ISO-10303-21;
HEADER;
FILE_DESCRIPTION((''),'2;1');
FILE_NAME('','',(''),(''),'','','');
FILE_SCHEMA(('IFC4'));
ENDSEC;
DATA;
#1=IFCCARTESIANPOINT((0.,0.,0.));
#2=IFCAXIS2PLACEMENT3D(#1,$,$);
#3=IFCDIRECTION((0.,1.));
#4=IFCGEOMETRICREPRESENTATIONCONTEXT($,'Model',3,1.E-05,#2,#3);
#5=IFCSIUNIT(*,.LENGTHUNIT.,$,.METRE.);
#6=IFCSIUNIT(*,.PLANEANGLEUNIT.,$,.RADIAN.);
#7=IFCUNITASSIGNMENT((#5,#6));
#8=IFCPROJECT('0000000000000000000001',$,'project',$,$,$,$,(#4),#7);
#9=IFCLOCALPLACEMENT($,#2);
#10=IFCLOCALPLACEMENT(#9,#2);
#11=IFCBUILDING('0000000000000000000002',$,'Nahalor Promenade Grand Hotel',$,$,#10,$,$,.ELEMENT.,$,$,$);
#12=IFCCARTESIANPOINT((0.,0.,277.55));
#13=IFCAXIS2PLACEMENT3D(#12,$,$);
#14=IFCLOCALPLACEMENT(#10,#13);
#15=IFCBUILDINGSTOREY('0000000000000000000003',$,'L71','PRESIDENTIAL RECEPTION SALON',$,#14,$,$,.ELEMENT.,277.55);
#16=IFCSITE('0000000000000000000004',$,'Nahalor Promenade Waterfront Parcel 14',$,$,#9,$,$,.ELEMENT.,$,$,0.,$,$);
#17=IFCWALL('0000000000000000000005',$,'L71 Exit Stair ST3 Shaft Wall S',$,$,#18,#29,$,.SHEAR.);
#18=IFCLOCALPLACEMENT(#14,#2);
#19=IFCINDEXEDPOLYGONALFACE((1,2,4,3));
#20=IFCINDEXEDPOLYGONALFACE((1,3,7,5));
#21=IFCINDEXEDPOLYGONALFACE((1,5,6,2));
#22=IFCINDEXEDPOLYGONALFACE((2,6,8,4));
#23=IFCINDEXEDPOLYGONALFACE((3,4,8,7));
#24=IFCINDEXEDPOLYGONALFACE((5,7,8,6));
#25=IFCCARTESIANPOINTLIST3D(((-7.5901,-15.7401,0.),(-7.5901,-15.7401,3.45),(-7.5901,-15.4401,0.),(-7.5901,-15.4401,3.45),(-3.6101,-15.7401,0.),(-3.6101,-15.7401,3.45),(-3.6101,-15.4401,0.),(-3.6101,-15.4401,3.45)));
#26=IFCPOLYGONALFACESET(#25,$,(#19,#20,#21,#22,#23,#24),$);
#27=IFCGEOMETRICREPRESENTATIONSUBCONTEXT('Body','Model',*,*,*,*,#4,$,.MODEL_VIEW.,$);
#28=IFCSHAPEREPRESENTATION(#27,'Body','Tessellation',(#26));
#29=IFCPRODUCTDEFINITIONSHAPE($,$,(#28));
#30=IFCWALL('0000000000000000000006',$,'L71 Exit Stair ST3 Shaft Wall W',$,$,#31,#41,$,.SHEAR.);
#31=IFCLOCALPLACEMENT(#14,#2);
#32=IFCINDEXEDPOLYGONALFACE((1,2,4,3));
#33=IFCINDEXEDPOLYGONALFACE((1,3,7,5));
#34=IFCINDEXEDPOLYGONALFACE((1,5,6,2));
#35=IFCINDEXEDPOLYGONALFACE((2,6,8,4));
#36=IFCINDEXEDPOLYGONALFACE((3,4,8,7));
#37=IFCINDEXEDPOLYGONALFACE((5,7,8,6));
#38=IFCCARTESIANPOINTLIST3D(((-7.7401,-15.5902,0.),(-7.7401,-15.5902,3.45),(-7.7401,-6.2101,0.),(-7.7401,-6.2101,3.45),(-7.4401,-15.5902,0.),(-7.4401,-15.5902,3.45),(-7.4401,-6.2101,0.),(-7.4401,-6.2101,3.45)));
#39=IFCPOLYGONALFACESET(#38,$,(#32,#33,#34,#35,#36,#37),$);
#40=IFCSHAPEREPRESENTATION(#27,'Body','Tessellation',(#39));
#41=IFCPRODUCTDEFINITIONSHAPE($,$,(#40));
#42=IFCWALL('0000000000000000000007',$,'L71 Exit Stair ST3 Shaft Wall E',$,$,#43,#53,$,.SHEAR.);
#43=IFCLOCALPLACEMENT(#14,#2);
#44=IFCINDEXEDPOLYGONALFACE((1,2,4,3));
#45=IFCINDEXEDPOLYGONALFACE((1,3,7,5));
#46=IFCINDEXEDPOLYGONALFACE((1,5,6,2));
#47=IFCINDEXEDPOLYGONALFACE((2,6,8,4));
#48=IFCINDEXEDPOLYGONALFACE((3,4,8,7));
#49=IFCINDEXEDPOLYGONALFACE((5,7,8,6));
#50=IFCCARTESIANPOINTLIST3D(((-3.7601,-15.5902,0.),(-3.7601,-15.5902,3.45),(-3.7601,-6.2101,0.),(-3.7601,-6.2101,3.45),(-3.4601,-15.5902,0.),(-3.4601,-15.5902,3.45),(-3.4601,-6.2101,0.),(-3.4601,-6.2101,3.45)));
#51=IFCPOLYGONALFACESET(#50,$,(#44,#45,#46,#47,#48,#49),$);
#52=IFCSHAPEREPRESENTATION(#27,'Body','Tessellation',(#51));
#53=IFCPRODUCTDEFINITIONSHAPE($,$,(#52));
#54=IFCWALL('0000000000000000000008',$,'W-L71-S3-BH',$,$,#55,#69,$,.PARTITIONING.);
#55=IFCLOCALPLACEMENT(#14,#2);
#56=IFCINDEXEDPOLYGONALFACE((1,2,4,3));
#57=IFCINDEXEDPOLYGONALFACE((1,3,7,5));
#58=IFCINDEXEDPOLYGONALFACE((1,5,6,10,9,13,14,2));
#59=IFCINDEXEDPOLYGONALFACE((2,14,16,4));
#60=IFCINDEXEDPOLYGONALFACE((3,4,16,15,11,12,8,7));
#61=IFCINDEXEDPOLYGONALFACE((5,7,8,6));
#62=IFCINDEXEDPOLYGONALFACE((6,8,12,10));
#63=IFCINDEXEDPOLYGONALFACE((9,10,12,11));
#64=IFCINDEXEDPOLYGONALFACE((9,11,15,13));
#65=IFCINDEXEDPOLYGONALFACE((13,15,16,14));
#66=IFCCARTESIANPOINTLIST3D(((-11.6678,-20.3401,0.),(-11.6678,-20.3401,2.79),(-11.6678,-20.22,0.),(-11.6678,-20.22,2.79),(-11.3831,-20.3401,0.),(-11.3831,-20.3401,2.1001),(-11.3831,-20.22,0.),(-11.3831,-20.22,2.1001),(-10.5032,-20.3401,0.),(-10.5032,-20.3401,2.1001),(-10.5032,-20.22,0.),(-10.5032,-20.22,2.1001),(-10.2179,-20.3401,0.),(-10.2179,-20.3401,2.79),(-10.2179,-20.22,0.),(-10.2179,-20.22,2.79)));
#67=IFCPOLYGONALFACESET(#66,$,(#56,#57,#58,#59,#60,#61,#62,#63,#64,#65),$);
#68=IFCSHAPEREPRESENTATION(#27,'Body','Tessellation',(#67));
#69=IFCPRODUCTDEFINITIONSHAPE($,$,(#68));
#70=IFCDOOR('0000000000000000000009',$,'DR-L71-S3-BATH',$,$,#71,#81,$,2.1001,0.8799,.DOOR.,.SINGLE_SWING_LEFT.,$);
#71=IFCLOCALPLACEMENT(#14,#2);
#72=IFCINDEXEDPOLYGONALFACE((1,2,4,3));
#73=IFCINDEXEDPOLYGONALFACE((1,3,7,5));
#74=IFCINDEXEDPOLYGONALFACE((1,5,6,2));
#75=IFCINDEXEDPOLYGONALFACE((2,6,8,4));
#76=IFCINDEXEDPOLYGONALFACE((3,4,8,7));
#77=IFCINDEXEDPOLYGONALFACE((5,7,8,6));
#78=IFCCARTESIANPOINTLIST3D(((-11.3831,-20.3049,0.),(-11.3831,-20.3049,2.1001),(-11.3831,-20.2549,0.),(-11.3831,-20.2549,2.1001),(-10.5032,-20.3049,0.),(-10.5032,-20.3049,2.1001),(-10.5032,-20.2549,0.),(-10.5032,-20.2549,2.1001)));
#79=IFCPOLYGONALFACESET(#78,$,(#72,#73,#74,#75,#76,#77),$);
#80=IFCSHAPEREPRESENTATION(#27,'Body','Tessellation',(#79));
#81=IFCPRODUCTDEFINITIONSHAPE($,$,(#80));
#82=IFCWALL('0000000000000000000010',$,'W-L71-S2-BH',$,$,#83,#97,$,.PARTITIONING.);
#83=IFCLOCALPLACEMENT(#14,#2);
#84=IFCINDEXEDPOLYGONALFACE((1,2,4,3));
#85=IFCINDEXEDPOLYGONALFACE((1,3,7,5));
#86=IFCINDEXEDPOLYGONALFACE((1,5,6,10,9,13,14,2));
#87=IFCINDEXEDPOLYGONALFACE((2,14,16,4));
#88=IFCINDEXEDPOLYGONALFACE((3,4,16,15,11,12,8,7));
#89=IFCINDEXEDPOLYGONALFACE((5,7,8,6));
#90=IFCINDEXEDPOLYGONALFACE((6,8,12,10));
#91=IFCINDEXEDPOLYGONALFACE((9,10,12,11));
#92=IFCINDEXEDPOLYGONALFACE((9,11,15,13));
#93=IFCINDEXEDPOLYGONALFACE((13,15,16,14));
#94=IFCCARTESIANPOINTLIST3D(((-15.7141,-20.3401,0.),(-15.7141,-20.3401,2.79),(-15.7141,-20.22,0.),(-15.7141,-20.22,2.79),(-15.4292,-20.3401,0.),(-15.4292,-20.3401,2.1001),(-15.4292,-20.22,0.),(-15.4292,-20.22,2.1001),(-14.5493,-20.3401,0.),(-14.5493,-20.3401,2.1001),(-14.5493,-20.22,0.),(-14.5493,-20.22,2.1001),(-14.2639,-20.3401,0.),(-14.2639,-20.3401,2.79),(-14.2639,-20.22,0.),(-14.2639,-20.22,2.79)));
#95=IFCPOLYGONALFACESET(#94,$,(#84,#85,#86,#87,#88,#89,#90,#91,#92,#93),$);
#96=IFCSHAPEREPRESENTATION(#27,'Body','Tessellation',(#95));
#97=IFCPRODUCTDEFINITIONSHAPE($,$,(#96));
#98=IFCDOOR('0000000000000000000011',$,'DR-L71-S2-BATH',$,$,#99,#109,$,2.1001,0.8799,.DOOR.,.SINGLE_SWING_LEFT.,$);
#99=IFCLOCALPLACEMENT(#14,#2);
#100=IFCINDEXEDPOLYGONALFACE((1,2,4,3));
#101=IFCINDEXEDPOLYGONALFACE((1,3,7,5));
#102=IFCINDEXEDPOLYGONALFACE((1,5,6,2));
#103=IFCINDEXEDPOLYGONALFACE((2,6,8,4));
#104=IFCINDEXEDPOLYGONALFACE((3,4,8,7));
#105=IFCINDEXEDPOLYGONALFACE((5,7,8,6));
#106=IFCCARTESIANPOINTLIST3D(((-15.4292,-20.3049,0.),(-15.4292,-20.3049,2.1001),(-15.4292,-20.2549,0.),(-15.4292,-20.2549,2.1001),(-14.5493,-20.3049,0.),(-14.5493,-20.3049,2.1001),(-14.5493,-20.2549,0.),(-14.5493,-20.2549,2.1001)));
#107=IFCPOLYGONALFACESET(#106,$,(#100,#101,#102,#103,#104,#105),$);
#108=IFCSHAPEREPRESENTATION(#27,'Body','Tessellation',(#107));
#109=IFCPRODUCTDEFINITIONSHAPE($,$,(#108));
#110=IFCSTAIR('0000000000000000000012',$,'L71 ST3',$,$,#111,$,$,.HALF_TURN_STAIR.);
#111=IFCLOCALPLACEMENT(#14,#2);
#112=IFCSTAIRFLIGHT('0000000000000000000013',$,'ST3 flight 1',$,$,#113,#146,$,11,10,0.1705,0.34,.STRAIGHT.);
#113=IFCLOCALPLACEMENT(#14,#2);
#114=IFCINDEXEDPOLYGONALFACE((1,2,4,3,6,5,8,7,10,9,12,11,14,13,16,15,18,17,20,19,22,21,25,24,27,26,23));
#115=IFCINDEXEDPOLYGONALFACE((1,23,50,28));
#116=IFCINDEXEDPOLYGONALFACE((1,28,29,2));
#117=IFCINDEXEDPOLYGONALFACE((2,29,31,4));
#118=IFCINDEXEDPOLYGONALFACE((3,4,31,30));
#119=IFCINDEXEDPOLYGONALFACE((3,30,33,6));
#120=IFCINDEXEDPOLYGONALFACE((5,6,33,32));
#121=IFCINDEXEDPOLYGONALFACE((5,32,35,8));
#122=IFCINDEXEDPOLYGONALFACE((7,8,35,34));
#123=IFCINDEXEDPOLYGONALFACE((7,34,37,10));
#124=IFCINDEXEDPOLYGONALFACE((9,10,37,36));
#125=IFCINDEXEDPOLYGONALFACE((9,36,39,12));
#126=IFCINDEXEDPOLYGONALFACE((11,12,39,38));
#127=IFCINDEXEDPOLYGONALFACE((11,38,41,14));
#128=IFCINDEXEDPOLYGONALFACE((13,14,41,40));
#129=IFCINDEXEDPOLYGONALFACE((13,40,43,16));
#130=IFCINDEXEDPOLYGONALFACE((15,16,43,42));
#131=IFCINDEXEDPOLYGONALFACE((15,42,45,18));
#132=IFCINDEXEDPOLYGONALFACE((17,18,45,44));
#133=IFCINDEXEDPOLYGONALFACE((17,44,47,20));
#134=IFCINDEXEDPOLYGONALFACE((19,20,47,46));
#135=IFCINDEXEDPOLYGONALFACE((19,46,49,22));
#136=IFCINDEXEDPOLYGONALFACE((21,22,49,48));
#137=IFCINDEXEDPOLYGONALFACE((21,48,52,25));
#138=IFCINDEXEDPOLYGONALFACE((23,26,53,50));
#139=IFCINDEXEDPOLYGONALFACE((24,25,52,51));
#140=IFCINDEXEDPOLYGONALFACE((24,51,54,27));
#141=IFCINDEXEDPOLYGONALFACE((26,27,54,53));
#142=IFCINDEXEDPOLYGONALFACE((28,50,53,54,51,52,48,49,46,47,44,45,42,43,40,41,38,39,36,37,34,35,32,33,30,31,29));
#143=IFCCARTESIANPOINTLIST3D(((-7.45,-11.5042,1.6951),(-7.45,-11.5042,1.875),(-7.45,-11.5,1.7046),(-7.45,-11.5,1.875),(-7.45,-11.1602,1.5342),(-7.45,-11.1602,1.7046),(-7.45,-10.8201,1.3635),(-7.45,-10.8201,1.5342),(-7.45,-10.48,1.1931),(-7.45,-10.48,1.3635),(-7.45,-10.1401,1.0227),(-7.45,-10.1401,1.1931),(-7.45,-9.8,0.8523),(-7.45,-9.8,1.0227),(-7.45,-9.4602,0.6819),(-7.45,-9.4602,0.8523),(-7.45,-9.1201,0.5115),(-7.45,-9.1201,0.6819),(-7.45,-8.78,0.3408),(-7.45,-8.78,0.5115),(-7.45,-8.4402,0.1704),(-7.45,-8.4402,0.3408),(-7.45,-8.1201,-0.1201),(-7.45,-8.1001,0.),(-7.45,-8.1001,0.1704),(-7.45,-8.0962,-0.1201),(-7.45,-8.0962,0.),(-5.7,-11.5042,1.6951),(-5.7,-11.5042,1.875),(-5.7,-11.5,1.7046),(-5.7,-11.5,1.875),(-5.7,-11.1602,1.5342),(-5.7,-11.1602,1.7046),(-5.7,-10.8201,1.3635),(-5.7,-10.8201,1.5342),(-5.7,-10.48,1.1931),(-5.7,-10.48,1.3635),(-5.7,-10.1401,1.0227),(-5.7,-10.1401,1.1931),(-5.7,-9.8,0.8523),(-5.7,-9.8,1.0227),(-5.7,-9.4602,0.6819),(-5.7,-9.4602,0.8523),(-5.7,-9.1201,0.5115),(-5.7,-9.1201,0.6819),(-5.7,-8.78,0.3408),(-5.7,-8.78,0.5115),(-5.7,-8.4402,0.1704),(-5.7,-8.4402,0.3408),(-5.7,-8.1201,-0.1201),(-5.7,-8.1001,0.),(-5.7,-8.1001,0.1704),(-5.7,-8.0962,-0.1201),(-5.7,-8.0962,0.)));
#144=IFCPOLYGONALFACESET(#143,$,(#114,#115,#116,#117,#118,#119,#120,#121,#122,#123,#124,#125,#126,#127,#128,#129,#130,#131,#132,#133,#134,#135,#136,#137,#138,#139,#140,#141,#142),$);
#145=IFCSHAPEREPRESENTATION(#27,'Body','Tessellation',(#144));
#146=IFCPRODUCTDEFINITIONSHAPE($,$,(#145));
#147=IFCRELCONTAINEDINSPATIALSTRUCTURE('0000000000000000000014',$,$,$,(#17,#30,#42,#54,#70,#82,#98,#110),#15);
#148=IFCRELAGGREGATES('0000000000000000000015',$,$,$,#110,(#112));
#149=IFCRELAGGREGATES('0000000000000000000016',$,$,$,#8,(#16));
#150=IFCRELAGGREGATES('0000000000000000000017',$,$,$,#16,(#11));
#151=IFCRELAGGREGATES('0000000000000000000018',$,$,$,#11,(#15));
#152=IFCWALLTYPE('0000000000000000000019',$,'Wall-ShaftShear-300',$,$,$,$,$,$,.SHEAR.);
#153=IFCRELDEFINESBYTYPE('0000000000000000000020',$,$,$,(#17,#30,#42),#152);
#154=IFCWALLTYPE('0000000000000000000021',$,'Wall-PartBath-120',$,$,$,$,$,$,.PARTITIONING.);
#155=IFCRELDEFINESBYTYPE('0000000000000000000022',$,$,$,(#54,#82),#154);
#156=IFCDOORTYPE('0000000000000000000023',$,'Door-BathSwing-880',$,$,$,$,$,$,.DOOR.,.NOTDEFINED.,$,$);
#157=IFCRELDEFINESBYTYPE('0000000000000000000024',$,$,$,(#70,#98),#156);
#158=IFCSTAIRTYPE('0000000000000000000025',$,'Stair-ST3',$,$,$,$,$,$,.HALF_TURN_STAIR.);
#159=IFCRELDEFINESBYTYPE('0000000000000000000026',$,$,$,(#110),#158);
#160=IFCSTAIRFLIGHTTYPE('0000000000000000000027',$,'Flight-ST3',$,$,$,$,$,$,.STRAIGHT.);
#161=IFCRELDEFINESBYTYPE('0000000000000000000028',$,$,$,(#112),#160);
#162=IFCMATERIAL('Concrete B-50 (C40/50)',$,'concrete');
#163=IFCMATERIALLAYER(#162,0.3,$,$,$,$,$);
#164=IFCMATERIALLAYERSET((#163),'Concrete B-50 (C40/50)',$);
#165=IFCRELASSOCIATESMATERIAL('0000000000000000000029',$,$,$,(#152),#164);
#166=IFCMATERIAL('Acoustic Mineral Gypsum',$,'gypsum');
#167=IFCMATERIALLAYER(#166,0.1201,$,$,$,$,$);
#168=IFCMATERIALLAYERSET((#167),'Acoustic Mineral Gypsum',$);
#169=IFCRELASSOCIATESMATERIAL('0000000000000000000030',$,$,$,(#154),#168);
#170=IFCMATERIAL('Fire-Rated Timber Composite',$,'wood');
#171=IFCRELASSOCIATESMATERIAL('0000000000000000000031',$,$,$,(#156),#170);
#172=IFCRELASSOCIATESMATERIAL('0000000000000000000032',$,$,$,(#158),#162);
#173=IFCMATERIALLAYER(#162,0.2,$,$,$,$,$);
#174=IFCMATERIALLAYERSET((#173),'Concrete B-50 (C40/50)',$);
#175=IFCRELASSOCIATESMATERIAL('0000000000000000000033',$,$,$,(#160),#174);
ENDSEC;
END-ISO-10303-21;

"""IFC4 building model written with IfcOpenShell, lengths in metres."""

from ifc_helpers import new_model, si_unit, direction, frame, frame_2d, origin, place, context, subcontext, project, spatial, polyline, rectangle, outline, extrude, source, transform, mapped, material, layer, layer_set, type_object, element, fill, aggregate, save


model = new_model("IFC4")

# Units and contexts
model_context = context("Model", 3, precision=1e-05, world=origin(), true_north=direction((0.0, 1.0)))
body_context = subcontext(model_context, "Body", "Model", "MODEL_VIEW")
ifc_project = project(units=[si_unit("LENGTHUNIT", "METRE"), si_unit("PLANEANGLEUNIT", "RADIAN")], contexts=[model_context])

# Site, building, storey
site_placement = place(None, origin())
site = spatial("IfcSite", under=ifc_project, at=site_placement, Name="Nahalor Promenade Waterfront Parcel 14", CompositionType="ELEMENT", RefElevation=0.0)
building_placement = place(site_placement, origin())
building = spatial("IfcBuilding", under=site, at=building_placement, Name="Nahalor Promenade Grand Hotel", CompositionType="ELEMENT")
storey_placement = place(building_placement, frame((0.0, 0.0, 277.55)))
storey = spatial("IfcBuildingStorey", under=building, at=storey_placement, Name="L71", Description="PRESIDENTIAL RECEPTION SALON", CompositionType="ELEMENT", Elevation=277.55)

# Shared definitions
ifc_material_1 = material(Name="Concrete B-50 (C40/50)", Category="concrete")

# Wall
ifc_layer_1 = layer(ifc_material_1, 0.3)
ifc_layer_set_1 = layer_set([ifc_layer_1], Name="Concrete B-50 (C40/50)")
wall_type_1 = type_object("IfcWallType", Name="Wall-ShaftShear-300", PredefinedType="SHEAR", material=ifc_layer_set_1)
shared_shape_1 = source(origin(), body_context, "Body", "SweptSolid", [
    extrude(rectangle(XDim=3.98, YDim=0.3, at=frame_2d((1.99, 0.0))), origin(), (0.0, 0.0, 1.0), 3.45),
])
wall_1_placement = place(storey_placement, frame((-7.5901, -15.5901, 0.0), z_axis=(0.0, 0.0, 1.0), x_axis=(1.0, 0.0, 0.0)))
element("IfcWall", 1, at=wall_1_placement, inside=storey, type_object=wall_type_1, Name="L71 Exit Stair ST3 Shaft Wall S", PredefinedType="SHEAR", context=body_context, shape_type="MappedRepresentation", body=[
    mapped(shared_shape_1, transform((0.0, 0.0, 0.0), scale=1.0)),
])

# Walls
shared_shape_2 = source(origin(), body_context, "Body", "SweptSolid", [
    extrude(rectangle(XDim=9.3801, YDim=0.3, at=frame_2d((4.6899, 0.0))), origin(), (0.0, 0.0, 1.0), 3.45),
])
for number, where, z_axis, x_axis, name in (
    (2, (-7.5901, -15.5901, 0.0), (0.0, 0.0, 1.0), (0.0, 1.0, 0.0), "L71 Exit Stair ST3 Shaft Wall W"),
    (3, (-3.6101, -15.5901, 0.0), (0.0, 0.0, 1.0), (0.0, 1.0, 0.0), "L71 Exit Stair ST3 Shaft Wall E"),
):
    element("IfcWall", number, at=place(storey_placement, frame(where, z_axis=z_axis, x_axis=x_axis)), inside=storey, type_object=wall_type_1, Name=name, PredefinedType="SHEAR", context=body_context, shape_type="MappedRepresentation", body=[
        mapped(shared_shape_2, transform((0.0, 0.0, 0.0), scale=1.0)),
    ])

# Walls, openings, doors
ifc_material_2 = material(Name="Acoustic Mineral Gypsum", Category="gypsum")
ifc_layer_2 = layer(ifc_material_2, 0.1201)
ifc_layer_set_2 = layer_set([ifc_layer_2], Name="Acoustic Mineral Gypsum")
wall_type_2 = type_object("IfcWallType", Name="Wall-PartBath-120", PredefinedType="PARTITIONING", material=ifc_layer_set_2)
shared_shape_3 = source(origin(), body_context, "Body", "SweptSolid", [
    extrude(rectangle(XDim=1.45, YDim=0.1201, at=frame_2d((0.7251, 0.0))), origin(), (0.0, 0.0, 1.0), 2.79),
])
wall_2_placement = place(storey_placement, frame((-11.668, -20.28, 0.0), z_axis=(0.0, 0.0, 1.0), x_axis=(1.0, 0.0, 0.0)))
wall_2 = element("IfcWall", 4, at=wall_2_placement, inside=storey, type_object=wall_type_2, Name="W-L71-S3-BH", PredefinedType="PARTITIONING", context=body_context, shape_type="MappedRepresentation", body=[
    mapped(shared_shape_3, transform((0.0, 0.0, 0.0), scale=1.0)),
])
opening_1_placement = place(wall_2_placement, frame((0.2849, 0.0, 0.0)))
opening_1 = element("IfcOpeningElement", 5, at=opening_1_placement, cuts=wall_2, PredefinedType="OPENING", context=body_context, shape_type="SweptSolid", body=[
    extrude(rectangle(XDim=0.8799, YDim=2.1001, at=frame_2d((0.4399, 1.05))), frame((0.0, 0.0701, 0.0), z_axis=(0.0, -1.0, 0.0), x_axis=(1.0, 0.0, 0.0)), (0.0, 0.0, 1.0), 0.1401),
])
ifc_material_3 = material(Name="Fire-Rated Timber Composite", Category="wood")
door_type_1 = type_object("IfcDoorType", Name="Door-BathSwing-880", OperationType="NOTDEFINED", PredefinedType="DOOR", material=ifc_material_3)
shared_shape_4 = source(origin(), body_context, "Body", "SweptSolid", [
    extrude(rectangle(XDim=0.8799, YDim=2.1001, at=frame_2d((0.4399, 1.05))), frame((0.0, 0.0249, 0.0), z_axis=(0.0, -1.0, 0.0), x_axis=(1.0, 0.0, 0.0)), (0.0, 0.0, 1.0), 0.05),
])
door_1_placement = place(opening_1_placement, frame((0.8799, 0.0, 0.0), z_axis=(0.0, 0.0, 1.0), x_axis=(-1.0, 0.0, 0.0)))
door_1 = element("IfcDoor", 6, at=door_1_placement, inside=storey, type_object=door_type_1, Name="DR-L71-S3-BATH", OperationType="SINGLE_SWING_LEFT", OverallHeight=2.1001, OverallWidth=0.8799, PredefinedType="DOOR", context=body_context, shape_type="MappedRepresentation", body=[
    mapped(shared_shape_4, transform((0.0, 0.0, 0.0), scale=1.0)),
])
fill(opening_1, door_1)
shared_shape_5 = source(origin(), body_context, "Body", "SweptSolid", [
    extrude(rectangle(XDim=1.4502, YDim=0.1201, at=frame_2d((0.7251, 0.0))), origin(), (0.0, 0.0, 1.0), 2.79),
])
wall_3_placement = place(storey_placement, frame((-15.7141, -20.28, 0.0), z_axis=(0.0, 0.0, 1.0), x_axis=(1.0, 0.0, 0.0)))
wall_3 = element("IfcWall", 7, at=wall_3_placement, inside=storey, type_object=wall_type_2, Name="W-L71-S2-BH", PredefinedType="PARTITIONING", context=body_context, shape_type="MappedRepresentation", body=[
    mapped(shared_shape_5, transform((0.0, 0.0, 0.0), scale=1.0)),
])
opening_2_placement = place(wall_3_placement, frame((0.2849, 0.0, 0.0)))
opening_2 = element("IfcOpeningElement", 8, at=opening_2_placement, cuts=wall_3, PredefinedType="OPENING", context=body_context, shape_type="SweptSolid", body=[
    extrude(rectangle(XDim=0.8799, YDim=2.1001, at=frame_2d((0.4399, 1.05))), frame((0.0, 0.0701, 0.0), z_axis=(0.0, -1.0, 0.0), x_axis=(1.0, 0.0, 0.0)), (0.0, 0.0, 1.0), 0.1401),
])
door_2_placement = place(opening_2_placement, frame((0.8799, 0.0, 0.0), z_axis=(0.0, 0.0, 1.0), x_axis=(-1.0, 0.0, 0.0)))
door_2 = element("IfcDoor", 9, at=door_2_placement, inside=storey, type_object=door_type_1, Name="DR-L71-S2-BATH", OperationType="SINGLE_SWING_LEFT", OverallHeight=2.1001, OverallWidth=0.8799, PredefinedType="DOOR", context=body_context, shape_type="MappedRepresentation", body=[
    mapped(shared_shape_4, transform((0.0, 0.0, 0.0), scale=1.0)),
])
fill(opening_2, door_2)

# Stair, stair flight
stair_type = type_object("IfcStairType", Name="Stair-ST3", PredefinedType="HALF_TURN_STAIR", material=ifc_material_1)
stair_placement = place(storey_placement, origin())
stair = element("IfcStair", 10, at=stair_placement, inside=storey, type_object=stair_type, Name="L71 ST3", PredefinedType="HALF_TURN_STAIR")
ifc_layer_3 = layer(ifc_material_1, 0.2)
ifc_layer_set_3 = layer_set([ifc_layer_3], Name="Concrete B-50 (C40/50)")
stair_flight_type = type_object("IfcStairFlightType", Name="Flight-ST3", PredefinedType="STRAIGHT", material=ifc_layer_set_3)
shared_shape_6 = source(origin(), body_context, "Body", "SweptSolid", [
    extrude(outline(polyline([(-0.0039, -0.1201), (-0.0039, 0.0), (0.0, 0.0), (0.0, 0.1704), (0.3401, 0.1704), (0.3401, 0.3408), (0.6799, 0.3408), (0.6799, 0.5115), (1.02, 0.5115), (1.02, 0.6819), (1.3601, 0.6819), (1.3601, 0.8523), (1.7, 0.8523), (1.7, 1.0227), (2.04, 1.0227), (2.04, 1.1931), (2.3799, 1.1931), (2.3799, 1.3635), (2.72, 1.3635), (2.72, 1.5342), (3.0601, 1.5342), (3.0601, 1.7046), (3.3999, 1.7046), (3.3999, 1.875), (3.4041, 1.875), (3.4041, 1.6951), (0.02, -0.1201), (-0.0039, -0.1201)])), frame((0.0, 0.875, 0.0), z_axis=(0.0, -1.0, 0.0), x_axis=(1.0, 0.0, 0.0)), (0.0, 0.0, 1.0), 1.75),
])
stair_flight_1_placement = place(storey_placement, frame((-6.575, -8.1001, 0.0), z_axis=(0.0, 0.0, 1.0), x_axis=(0.0, -1.0, 0.0)))
stair_flight_1 = element("IfcStairFlight", 11, at=stair_flight_1_placement, type_object=stair_flight_type, Name="ST3 flight 1", NumberOfRisers=11, NumberOfTreads=10, PredefinedType="STRAIGHT", RiserHeight=0.1705, TreadLength=0.34, context=body_context, shape_type="MappedRepresentation", body=[
    mapped(shared_shape_6, transform((0.0, 0.0, 0.0), scale=1.0)),
])
aggregate(stair, [stair_flight_1])

save(model, "model.ifc")
